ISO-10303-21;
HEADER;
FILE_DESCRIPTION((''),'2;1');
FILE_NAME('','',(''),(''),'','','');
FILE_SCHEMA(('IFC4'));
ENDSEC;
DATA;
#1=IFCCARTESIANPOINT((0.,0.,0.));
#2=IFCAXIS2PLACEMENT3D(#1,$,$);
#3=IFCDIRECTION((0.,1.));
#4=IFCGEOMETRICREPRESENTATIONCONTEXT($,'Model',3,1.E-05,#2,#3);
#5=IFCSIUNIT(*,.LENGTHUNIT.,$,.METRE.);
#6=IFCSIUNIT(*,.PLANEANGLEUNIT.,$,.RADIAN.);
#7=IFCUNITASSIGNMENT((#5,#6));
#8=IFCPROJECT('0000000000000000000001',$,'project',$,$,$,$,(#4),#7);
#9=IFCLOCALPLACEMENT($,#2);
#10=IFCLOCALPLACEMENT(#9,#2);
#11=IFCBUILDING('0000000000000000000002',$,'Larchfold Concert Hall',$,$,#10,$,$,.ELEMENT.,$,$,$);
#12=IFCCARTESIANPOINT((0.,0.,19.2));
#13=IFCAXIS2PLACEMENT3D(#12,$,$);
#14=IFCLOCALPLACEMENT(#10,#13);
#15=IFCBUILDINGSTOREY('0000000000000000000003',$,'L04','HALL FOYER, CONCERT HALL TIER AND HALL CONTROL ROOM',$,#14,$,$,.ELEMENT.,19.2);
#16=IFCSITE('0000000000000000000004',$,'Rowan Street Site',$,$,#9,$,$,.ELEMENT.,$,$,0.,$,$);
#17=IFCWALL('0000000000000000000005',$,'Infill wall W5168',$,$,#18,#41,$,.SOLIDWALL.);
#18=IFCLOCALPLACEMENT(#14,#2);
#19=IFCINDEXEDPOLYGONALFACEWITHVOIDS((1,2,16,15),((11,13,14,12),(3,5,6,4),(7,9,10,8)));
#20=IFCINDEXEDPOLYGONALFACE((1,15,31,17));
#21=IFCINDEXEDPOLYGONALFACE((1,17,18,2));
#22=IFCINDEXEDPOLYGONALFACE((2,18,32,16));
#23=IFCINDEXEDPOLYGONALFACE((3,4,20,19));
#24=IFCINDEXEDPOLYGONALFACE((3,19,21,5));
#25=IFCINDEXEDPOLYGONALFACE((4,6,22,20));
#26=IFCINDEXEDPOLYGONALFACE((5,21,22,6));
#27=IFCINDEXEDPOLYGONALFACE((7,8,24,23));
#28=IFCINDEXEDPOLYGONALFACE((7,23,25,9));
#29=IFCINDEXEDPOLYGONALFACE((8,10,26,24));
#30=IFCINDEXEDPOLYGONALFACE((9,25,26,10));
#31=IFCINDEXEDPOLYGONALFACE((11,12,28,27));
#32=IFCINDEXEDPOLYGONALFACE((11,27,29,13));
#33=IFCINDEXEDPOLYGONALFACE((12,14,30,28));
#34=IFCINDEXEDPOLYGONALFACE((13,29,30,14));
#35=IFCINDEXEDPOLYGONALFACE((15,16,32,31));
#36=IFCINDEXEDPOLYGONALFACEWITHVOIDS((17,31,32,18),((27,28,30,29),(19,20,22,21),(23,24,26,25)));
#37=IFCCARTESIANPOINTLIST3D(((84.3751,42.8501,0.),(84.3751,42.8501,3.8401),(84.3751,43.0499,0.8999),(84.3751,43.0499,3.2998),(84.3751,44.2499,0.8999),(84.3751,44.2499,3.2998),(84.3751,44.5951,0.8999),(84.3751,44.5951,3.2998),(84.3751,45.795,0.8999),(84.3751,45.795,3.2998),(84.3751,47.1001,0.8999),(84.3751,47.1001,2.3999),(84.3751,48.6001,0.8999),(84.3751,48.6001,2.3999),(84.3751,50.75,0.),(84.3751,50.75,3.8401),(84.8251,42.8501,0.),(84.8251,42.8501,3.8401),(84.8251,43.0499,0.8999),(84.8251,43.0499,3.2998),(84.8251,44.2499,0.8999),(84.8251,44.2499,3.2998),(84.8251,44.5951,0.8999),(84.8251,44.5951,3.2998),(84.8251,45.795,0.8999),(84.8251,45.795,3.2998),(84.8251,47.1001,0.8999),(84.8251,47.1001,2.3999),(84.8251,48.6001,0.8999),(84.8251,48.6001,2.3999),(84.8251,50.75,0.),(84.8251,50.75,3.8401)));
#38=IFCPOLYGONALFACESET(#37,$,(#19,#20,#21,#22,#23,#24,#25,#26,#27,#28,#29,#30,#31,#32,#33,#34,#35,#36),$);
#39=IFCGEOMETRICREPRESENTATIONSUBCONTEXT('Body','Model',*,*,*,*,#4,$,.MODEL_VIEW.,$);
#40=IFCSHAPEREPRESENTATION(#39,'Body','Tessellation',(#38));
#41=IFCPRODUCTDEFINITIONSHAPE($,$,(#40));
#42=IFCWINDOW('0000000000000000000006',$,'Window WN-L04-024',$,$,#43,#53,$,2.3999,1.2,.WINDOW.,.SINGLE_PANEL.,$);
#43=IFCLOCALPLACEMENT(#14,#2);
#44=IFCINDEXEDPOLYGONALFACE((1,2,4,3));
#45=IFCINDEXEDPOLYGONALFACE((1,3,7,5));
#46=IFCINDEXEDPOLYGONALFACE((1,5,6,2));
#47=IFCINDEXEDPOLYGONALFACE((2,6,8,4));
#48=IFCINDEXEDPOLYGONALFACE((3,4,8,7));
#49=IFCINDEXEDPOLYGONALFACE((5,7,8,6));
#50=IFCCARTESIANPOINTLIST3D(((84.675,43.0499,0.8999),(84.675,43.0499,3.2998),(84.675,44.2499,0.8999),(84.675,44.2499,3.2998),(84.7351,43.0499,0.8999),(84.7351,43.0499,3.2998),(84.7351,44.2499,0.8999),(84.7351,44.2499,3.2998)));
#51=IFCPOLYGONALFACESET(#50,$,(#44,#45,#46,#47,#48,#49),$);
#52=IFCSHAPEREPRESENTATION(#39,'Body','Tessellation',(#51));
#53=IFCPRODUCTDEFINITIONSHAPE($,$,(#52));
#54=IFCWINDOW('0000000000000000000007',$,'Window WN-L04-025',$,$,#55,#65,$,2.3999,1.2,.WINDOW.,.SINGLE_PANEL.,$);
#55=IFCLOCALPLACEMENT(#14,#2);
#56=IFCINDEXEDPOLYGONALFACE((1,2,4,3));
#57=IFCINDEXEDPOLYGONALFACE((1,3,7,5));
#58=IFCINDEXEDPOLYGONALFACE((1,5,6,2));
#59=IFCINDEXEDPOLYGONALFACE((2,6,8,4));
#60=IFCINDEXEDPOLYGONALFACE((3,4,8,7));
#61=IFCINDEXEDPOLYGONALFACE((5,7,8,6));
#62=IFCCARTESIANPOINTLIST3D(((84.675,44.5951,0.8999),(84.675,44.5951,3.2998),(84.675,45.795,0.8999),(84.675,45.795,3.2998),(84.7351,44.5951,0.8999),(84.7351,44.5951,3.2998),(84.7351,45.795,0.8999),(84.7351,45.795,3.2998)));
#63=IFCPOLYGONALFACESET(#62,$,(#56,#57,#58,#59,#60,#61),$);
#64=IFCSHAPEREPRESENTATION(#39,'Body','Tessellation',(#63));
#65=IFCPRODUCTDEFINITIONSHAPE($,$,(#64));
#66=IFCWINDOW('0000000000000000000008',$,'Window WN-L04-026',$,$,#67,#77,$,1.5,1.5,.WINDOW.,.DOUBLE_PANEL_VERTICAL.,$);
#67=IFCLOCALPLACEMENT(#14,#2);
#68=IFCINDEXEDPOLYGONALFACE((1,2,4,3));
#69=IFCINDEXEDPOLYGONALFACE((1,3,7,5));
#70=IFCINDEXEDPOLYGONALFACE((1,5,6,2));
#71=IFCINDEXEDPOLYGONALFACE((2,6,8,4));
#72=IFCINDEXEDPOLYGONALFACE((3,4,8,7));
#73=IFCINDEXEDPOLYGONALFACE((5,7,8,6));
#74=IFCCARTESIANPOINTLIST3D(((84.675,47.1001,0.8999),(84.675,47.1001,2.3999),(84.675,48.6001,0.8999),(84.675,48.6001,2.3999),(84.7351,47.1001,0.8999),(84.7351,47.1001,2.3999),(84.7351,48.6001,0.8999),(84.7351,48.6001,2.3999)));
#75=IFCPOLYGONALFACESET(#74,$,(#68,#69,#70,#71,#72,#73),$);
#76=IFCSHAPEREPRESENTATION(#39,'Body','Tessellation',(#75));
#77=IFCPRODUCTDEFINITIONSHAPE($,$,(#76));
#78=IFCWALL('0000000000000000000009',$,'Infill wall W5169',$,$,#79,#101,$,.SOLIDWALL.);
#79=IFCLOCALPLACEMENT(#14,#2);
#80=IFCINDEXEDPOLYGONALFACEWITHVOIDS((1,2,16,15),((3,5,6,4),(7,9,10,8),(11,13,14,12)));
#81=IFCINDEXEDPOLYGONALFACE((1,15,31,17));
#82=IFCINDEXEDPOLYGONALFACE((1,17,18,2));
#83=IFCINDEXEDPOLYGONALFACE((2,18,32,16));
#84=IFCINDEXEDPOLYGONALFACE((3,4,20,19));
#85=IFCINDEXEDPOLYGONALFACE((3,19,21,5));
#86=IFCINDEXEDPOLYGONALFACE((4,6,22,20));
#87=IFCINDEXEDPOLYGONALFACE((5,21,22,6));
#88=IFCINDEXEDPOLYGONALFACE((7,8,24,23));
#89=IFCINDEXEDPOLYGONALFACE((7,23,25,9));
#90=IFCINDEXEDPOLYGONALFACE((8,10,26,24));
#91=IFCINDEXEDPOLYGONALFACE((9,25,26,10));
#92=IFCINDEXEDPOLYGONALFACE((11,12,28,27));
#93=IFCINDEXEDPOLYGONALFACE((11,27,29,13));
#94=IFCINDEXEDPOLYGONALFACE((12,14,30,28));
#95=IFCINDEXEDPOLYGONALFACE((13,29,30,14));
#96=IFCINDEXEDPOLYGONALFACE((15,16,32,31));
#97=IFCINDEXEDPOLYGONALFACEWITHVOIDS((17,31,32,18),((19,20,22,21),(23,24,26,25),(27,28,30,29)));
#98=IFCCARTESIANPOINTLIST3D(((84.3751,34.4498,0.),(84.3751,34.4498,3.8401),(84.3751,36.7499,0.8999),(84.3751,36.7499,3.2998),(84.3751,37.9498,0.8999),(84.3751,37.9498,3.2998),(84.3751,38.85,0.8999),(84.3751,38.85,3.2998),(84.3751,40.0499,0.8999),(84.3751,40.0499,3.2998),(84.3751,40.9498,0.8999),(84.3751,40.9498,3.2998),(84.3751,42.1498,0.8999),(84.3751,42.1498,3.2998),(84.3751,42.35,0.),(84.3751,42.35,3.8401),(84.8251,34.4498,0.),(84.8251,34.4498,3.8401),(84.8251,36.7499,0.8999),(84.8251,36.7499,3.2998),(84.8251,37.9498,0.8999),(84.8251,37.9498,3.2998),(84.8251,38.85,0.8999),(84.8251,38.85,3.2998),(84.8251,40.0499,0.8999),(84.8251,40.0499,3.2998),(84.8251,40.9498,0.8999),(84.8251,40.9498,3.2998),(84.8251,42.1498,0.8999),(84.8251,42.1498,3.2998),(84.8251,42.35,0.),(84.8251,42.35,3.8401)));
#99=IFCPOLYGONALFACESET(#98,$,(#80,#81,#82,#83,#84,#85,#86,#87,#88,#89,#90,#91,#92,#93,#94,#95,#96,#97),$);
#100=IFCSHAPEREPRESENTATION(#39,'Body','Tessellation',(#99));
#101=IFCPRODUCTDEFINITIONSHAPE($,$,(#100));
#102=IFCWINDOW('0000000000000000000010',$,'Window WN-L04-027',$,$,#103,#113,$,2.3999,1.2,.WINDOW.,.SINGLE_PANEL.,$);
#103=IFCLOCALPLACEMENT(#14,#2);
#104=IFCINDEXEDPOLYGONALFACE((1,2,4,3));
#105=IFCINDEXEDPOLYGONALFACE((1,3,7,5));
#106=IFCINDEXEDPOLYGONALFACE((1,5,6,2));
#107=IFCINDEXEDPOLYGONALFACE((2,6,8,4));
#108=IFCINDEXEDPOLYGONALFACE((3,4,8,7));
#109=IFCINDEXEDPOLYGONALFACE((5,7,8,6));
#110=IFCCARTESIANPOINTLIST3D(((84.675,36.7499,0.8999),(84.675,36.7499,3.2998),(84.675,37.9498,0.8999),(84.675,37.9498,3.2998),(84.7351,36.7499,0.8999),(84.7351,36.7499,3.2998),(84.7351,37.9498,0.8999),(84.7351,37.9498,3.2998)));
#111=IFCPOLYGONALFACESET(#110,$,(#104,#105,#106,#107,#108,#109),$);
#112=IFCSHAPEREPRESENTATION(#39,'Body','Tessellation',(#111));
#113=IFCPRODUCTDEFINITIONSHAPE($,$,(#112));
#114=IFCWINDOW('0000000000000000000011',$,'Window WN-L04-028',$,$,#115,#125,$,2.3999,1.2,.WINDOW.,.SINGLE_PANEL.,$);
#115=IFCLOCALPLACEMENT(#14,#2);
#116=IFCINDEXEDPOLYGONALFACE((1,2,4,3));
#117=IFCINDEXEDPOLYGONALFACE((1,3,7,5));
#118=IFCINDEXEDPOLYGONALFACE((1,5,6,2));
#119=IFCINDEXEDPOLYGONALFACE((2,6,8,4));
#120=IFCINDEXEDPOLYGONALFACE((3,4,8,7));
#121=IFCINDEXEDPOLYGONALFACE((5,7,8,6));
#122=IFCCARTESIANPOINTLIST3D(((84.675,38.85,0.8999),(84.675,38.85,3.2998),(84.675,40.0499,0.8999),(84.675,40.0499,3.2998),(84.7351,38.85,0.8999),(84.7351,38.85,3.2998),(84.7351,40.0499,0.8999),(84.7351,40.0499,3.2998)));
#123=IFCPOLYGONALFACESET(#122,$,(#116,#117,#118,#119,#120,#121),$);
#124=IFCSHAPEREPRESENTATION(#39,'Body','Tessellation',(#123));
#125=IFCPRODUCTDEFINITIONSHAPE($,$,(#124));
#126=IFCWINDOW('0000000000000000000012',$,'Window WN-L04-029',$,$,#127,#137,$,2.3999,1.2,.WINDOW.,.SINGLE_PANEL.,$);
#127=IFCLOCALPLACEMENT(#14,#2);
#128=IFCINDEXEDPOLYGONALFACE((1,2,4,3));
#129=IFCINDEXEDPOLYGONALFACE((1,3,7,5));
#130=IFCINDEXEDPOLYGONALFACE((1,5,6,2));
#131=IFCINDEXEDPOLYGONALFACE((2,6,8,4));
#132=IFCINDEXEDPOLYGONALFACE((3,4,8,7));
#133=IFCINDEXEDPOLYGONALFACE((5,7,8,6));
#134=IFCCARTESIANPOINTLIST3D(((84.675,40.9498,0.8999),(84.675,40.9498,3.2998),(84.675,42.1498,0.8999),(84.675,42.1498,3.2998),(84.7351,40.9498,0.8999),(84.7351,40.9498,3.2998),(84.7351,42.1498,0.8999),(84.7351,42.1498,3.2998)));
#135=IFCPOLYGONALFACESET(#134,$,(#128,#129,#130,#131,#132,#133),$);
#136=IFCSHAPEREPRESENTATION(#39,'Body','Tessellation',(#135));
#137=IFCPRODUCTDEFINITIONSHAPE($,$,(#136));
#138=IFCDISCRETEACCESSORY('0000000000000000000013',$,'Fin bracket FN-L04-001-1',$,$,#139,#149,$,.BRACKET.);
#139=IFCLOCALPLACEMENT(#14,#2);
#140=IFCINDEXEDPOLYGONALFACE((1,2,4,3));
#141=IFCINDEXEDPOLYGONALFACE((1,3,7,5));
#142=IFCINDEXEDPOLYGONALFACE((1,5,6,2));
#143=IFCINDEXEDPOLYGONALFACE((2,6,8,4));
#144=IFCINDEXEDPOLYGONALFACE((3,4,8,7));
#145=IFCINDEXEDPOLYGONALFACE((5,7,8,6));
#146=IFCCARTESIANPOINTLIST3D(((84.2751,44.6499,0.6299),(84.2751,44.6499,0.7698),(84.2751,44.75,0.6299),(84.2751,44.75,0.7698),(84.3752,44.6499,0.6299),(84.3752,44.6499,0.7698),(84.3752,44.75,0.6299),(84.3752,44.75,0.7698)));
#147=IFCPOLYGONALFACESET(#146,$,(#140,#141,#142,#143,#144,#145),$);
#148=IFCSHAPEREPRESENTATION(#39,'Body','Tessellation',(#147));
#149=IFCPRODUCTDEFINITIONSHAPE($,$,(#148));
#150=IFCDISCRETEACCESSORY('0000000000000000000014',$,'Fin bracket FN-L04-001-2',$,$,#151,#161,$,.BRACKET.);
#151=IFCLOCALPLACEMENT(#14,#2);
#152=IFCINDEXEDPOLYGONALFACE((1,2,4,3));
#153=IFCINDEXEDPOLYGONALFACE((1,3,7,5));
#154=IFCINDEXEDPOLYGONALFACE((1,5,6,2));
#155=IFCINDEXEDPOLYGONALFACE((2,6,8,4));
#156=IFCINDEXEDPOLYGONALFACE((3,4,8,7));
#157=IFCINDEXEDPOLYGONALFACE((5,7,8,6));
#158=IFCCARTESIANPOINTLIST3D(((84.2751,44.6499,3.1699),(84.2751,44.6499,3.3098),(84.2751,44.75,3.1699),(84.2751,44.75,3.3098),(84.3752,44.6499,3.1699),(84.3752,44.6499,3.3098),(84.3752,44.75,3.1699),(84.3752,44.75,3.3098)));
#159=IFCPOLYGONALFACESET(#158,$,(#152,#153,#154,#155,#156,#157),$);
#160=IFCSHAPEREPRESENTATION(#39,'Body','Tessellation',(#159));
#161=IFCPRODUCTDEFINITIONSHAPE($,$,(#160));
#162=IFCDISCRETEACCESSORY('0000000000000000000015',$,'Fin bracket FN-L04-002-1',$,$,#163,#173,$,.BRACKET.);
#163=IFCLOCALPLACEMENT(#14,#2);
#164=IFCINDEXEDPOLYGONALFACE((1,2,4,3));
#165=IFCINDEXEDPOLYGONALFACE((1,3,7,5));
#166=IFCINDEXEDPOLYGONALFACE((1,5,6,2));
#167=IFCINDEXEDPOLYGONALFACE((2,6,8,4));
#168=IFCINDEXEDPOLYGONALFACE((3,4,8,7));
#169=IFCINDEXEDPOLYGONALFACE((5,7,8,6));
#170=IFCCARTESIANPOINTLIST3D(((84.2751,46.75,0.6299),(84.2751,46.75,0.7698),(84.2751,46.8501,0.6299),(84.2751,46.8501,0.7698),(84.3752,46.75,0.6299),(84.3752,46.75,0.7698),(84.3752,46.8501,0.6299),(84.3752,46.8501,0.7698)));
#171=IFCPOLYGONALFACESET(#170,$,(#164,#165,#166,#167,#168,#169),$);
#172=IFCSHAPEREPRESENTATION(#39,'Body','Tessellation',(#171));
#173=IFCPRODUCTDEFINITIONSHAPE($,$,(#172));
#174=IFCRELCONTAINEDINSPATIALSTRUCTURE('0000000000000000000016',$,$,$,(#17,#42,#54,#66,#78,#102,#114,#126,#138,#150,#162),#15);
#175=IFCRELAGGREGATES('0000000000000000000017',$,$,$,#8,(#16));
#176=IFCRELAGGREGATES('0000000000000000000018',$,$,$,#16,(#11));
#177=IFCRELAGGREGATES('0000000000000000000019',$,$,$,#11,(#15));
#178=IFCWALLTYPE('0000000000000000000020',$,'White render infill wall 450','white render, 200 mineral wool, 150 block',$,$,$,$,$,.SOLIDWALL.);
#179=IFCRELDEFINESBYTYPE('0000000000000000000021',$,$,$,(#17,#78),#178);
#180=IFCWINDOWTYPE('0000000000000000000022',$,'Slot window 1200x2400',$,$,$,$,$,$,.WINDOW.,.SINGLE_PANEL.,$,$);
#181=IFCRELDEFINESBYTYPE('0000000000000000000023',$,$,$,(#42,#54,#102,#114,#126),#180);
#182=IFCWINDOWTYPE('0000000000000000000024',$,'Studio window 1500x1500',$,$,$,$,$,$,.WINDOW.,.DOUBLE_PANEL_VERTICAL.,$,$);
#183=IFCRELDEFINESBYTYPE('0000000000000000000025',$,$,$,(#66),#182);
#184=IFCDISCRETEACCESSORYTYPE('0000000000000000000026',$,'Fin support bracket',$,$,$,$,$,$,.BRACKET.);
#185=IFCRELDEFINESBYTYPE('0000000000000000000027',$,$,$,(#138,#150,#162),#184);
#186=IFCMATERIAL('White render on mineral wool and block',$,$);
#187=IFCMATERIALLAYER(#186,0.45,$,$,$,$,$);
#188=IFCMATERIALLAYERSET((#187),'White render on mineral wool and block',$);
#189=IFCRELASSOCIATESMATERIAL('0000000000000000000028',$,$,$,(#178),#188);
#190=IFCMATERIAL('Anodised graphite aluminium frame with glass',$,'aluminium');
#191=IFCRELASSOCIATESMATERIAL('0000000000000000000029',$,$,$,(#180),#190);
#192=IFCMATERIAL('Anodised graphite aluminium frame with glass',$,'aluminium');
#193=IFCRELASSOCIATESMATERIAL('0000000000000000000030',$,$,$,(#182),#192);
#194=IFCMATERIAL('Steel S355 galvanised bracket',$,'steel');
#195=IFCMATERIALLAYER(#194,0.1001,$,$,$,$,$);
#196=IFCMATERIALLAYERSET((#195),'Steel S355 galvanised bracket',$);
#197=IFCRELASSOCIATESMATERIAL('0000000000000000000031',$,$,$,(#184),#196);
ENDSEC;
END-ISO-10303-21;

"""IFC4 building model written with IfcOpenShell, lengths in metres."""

from ifc_helpers import new_model, si_unit, direction, frame, frame_2d, origin, origin_2d, place, context, subcontext, project, spatial, rectangle, extrude, material, layer, layer_set, type_object, element, fill, save


model = new_model("IFC4")

# Units and contexts
model_context = context("Model", 3, precision=1e-05, world=origin(), true_north=direction((0.0, 1.0)))
body_context = subcontext(model_context, "Body", "Model", "MODEL_VIEW")
ifc_project = project(units=[si_unit("LENGTHUNIT", "METRE"), si_unit("PLANEANGLEUNIT", "RADIAN")], contexts=[model_context])

# Site, building, storey
site_placement = place(None, origin())
site = spatial("IfcSite", under=ifc_project, at=site_placement, Name="Rowan Street Site", CompositionType="ELEMENT", RefElevation=0.0)
building_placement = place(site_placement, origin())
building = spatial("IfcBuilding", under=site, at=building_placement, Name="Larchfold Concert Hall", CompositionType="ELEMENT")
storey_placement = place(building_placement, frame((0.0, 0.0, 19.2)))
storey = spatial("IfcBuildingStorey", under=building, at=storey_placement, Name="L04", Description="HALL FOYER, CONCERT HALL TIER AND HALL CONTROL ROOM", CompositionType="ELEMENT", Elevation=19.2)

# Walls, openings, windows
ifc_material_1 = material(Name="White render on mineral wool and block")
ifc_layer_1 = layer(ifc_material_1, 0.45)
ifc_layer_set_1 = layer_set([ifc_layer_1], Name="White render on mineral wool and block")
wall_type_1 = type_object("IfcWallType", Name="White render infill wall 450", Description="white render, 200 mineral wool, 150 block", PredefinedType="SOLIDWALL", material=ifc_layer_set_1)
wall_1_placement = place(storey_placement, frame((84.6001, 50.75, 0.0), z_axis=(0.0, 0.0, 1.0), x_axis=(0.0, -1.0, 0.0)))
wall_1 = element("IfcWall", 1, at=wall_1_placement, inside=storey, type_object=wall_type_1, Name="Infill wall W5168", PredefinedType="SOLIDWALL", context=body_context, shape_type="SweptSolid", body=[
    extrude(rectangle(XDim=7.8999, YDim=0.45, at=frame_2d((3.95, 0.0))), origin(), (0.0, 0.0, 1.0), 3.8401),
])
opening_1_placement = place(wall_1_placement, frame((6.5, 0.0, 0.8999)))
opening_1 = element("IfcOpeningElement", 2, at=opening_1_placement, cuts=wall_1, PredefinedType="OPENING", context=body_context, shape_type="SweptSolid", body=[
    extrude(rectangle(XDim=1.2, YDim=2.3999, at=frame_2d((0.6001, 1.2))), frame((0.0, 0.2349, 0.0), z_axis=(0.0, -1.0, 0.0), x_axis=(1.0, 0.0, 0.0)), (0.0, 0.0, 1.0), 0.47),
])
opening_2_placement = place(wall_1_placement, frame((4.9548, 0.0, 0.8999)))
opening_2 = element("IfcOpeningElement", 3, at=opening_2_placement, cuts=wall_1, PredefinedType="OPENING", context=body_context, shape_type="SweptSolid", body=[
    extrude(rectangle(XDim=1.2, YDim=2.3999, at=frame_2d((0.6001, 1.2))), frame((0.0, 0.2349, 0.0), z_axis=(0.0, -1.0, 0.0), x_axis=(1.0, 0.0, 0.0)), (0.0, 0.0, 1.0), 0.47),
])
opening_3_placement = place(wall_1_placement, frame((2.1499, 0.0, 0.8999)))
opening_3 = element("IfcOpeningElement", 4, at=opening_3_placement, cuts=wall_1, PredefinedType="OPENING", context=body_context, shape_type="SweptSolid", body=[
    extrude(rectangle(XDim=1.5, YDim=1.5, at=frame_2d((0.75, 0.75))), frame((0.0, 0.2349, 0.0), z_axis=(0.0, -1.0, 0.0), x_axis=(1.0, 0.0, 0.0)), (0.0, 0.0, 1.0), 0.47),
])
ifc_material_2 = material(Name="Anodised graphite aluminium frame with glass", Category="aluminium")
window_type_1 = type_object("IfcWindowType", Name="Slot window 1200x2400", PartitioningType="SINGLE_PANEL", PredefinedType="WINDOW", material=ifc_material_2)
window_1_placement = place(opening_1_placement, origin())
window_1 = element("IfcWindow", 5, at=window_1_placement, inside=storey, type_object=window_type_1, Name="Window WN-L04-024", OverallHeight=2.3999, OverallWidth=1.2, PartitioningType="SINGLE_PANEL", PredefinedType="WINDOW", context=body_context, shape_type="SweptSolid", body=[
    extrude(rectangle(XDim=1.2, YDim=2.3999, at=frame_2d((0.6001, 1.2))), frame((0.0, 0.135, 0.0), z_axis=(0.0, -1.0, 0.0), x_axis=(1.0, 0.0, 0.0)), (0.0, 0.0, 1.0), 0.0601),
])
fill(opening_1, window_1)
window_2_placement = place(opening_2_placement, origin())
window_2 = element("IfcWindow", 6, at=window_2_placement, inside=storey, type_object=window_type_1, Name="Window WN-L04-025", OverallHeight=2.3999, OverallWidth=1.2, PartitioningType="SINGLE_PANEL", PredefinedType="WINDOW", context=body_context, shape_type="SweptSolid", body=[
    extrude(rectangle(XDim=1.2, YDim=2.3999, at=frame_2d((0.6001, 1.2))), frame((0.0, 0.135, 0.0), z_axis=(0.0, -1.0, 0.0), x_axis=(1.0, 0.0, 0.0)), (0.0, 0.0, 1.0), 0.0601),
])
fill(opening_2, window_2)
ifc_material_3 = material(Name="Anodised graphite aluminium frame with glass", Category="aluminium")
window_type_2 = type_object("IfcWindowType", Name="Studio window 1500x1500", PartitioningType="DOUBLE_PANEL_VERTICAL", PredefinedType="WINDOW", material=ifc_material_3)
window_3_placement = place(opening_3_placement, origin())
window_3 = element("IfcWindow", 7, at=window_3_placement, inside=storey, type_object=window_type_2, Name="Window WN-L04-026", OverallHeight=1.5, OverallWidth=1.5, PartitioningType="DOUBLE_PANEL_VERTICAL", PredefinedType="WINDOW", context=body_context, shape_type="SweptSolid", body=[
    extrude(rectangle(XDim=1.5, YDim=1.5, at=frame_2d((0.75, 0.75))), frame((0.0, 0.135, 0.0), z_axis=(0.0, -1.0, 0.0), x_axis=(1.0, 0.0, 0.0)), (0.0, 0.0, 1.0), 0.0601),
])
fill(opening_3, window_3)
wall_2_placement = place(storey_placement, frame((84.6001, 42.3501, 0.0), z_axis=(0.0, 0.0, 1.0), x_axis=(0.0, -1.0, 0.0)))
wall_2 = element("IfcWall", 8, at=wall_2_placement, inside=storey, type_object=wall_type_1, Name="Infill wall W5169", PredefinedType="SOLIDWALL", context=body_context, shape_type="SweptSolid", body=[
    extrude(rectangle(XDim=7.9001, YDim=0.45, at=frame_2d((3.9502, 0.0))), origin(), (0.0, 0.0, 1.0), 3.8401),
])
opening_4_placement = place(wall_2_placement, frame((4.4001, 0.0, 0.8999)))
opening_4 = element("IfcOpeningElement", 9, at=opening_4_placement, cuts=wall_2, PredefinedType="OPENING", context=body_context, shape_type="SweptSolid", body=[
    extrude(rectangle(XDim=1.2, YDim=2.3999, at=frame_2d((0.6001, 1.2))), frame((0.0, 0.2349, 0.0), z_axis=(0.0, -1.0, 0.0), x_axis=(1.0, 0.0, 0.0)), (0.0, 0.0, 1.0), 0.47),
])
opening_5_placement = place(wall_2_placement, frame((2.3, 0.0, 0.8999)))
opening_5 = element("IfcOpeningElement", 10, at=opening_5_placement, cuts=wall_2, PredefinedType="OPENING", context=body_context, shape_type="SweptSolid", body=[
    extrude(rectangle(XDim=1.2, YDim=2.3999, at=frame_2d((0.6001, 1.2))), frame((0.0, 0.2349, 0.0), z_axis=(0.0, -1.0, 0.0), x_axis=(1.0, 0.0, 0.0)), (0.0, 0.0, 1.0), 0.47),
])
opening_6_placement = place(wall_2_placement, frame((0.2002, 0.0, 0.8999)))
opening_6 = element("IfcOpeningElement", 11, at=opening_6_placement, cuts=wall_2, PredefinedType="OPENING", context=body_context, shape_type="SweptSolid", body=[
    extrude(rectangle(XDim=1.2, YDim=2.3999, at=frame_2d((0.6001, 1.2))), frame((0.0, 0.2349, 0.0), z_axis=(0.0, -1.0, 0.0), x_axis=(1.0, 0.0, 0.0)), (0.0, 0.0, 1.0), 0.47),
])
window_4_placement = place(opening_4_placement, origin())
window_4 = element("IfcWindow", 12, at=window_4_placement, inside=storey, type_object=window_type_1, Name="Window WN-L04-027", OverallHeight=2.3999, OverallWidth=1.2, PartitioningType="SINGLE_PANEL", PredefinedType="WINDOW", context=body_context, shape_type="SweptSolid", body=[
    extrude(rectangle(XDim=1.2, YDim=2.3999, at=frame_2d((0.6001, 1.2))), frame((0.0, 0.135, 0.0), z_axis=(0.0, -1.0, 0.0), x_axis=(1.0, 0.0, 0.0)), (0.0, 0.0, 1.0), 0.0601),
])
fill(opening_4, window_4)
window_5_placement = place(opening_5_placement, origin())
window_5 = element("IfcWindow", 13, at=window_5_placement, inside=storey, type_object=window_type_1, Name="Window WN-L04-028", OverallHeight=2.3999, OverallWidth=1.2, PartitioningType="SINGLE_PANEL", PredefinedType="WINDOW", context=body_context, shape_type="SweptSolid", body=[
    extrude(rectangle(XDim=1.2, YDim=2.3999, at=frame_2d((0.6001, 1.2))), frame((0.0, 0.135, 0.0), z_axis=(0.0, -1.0, 0.0), x_axis=(1.0, 0.0, 0.0)), (0.0, 0.0, 1.0), 0.0601),
])
fill(opening_5, window_5)
window_6_placement = place(opening_6_placement, origin())
window_6 = element("IfcWindow", 14, at=window_6_placement, inside=storey, type_object=window_type_1, Name="Window WN-L04-029", OverallHeight=2.3999, OverallWidth=1.2, PartitioningType="SINGLE_PANEL", PredefinedType="WINDOW", context=body_context, shape_type="SweptSolid", body=[
    extrude(rectangle(XDim=1.2, YDim=2.3999, at=frame_2d((0.6001, 1.2))), frame((0.0, 0.135, 0.0), z_axis=(0.0, -1.0, 0.0), x_axis=(1.0, 0.0, 0.0)), (0.0, 0.0, 1.0), 0.0601),
])
fill(opening_6, window_6)

# Discrete accessories
ifc_material_4 = material(Name="Steel S355 galvanised bracket", Category="steel")
ifc_layer_2 = layer(ifc_material_4, 0.1001)
ifc_layer_set_2 = layer_set([ifc_layer_2], Name="Steel S355 galvanised bracket")
discrete_accessory_type = type_object("IfcDiscreteAccessoryType", Name="Fin support bracket", PredefinedType="BRACKET", material=ifc_layer_set_2)
for number, where, z_axis, x_axis, name in (
    (15, (84.3252, 44.7, 0.6299), (0.0, 0.0, 1.0), (-1.0, 0.0, 0.0), "Fin bracket FN-L04-001-1"),
    (16, (84.3252, 44.7, 3.1699), (0.0, 0.0, 1.0), (-1.0, 0.0, 0.0), "Fin bracket FN-L04-001-2"),
    (17, (84.3252, 46.8, 0.6299), (0.0, 0.0, 1.0), (-1.0, 0.0, 0.0), "Fin bracket FN-L04-002-1"),
):
    element("IfcDiscreteAccessory", number, at=place(storey_placement, frame(where, z_axis=z_axis, x_axis=x_axis)), inside=storey, type_object=discrete_accessory_type, Name=name, PredefinedType="BRACKET", context=body_context, shape_type="SweptSolid", body=[
        extrude(rectangle(XDim=0.1001, YDim=0.1001, at=origin_2d()), origin(), (0.0, 0.0, 1.0), 0.1399),
    ])

save(model, "model.ifc")
